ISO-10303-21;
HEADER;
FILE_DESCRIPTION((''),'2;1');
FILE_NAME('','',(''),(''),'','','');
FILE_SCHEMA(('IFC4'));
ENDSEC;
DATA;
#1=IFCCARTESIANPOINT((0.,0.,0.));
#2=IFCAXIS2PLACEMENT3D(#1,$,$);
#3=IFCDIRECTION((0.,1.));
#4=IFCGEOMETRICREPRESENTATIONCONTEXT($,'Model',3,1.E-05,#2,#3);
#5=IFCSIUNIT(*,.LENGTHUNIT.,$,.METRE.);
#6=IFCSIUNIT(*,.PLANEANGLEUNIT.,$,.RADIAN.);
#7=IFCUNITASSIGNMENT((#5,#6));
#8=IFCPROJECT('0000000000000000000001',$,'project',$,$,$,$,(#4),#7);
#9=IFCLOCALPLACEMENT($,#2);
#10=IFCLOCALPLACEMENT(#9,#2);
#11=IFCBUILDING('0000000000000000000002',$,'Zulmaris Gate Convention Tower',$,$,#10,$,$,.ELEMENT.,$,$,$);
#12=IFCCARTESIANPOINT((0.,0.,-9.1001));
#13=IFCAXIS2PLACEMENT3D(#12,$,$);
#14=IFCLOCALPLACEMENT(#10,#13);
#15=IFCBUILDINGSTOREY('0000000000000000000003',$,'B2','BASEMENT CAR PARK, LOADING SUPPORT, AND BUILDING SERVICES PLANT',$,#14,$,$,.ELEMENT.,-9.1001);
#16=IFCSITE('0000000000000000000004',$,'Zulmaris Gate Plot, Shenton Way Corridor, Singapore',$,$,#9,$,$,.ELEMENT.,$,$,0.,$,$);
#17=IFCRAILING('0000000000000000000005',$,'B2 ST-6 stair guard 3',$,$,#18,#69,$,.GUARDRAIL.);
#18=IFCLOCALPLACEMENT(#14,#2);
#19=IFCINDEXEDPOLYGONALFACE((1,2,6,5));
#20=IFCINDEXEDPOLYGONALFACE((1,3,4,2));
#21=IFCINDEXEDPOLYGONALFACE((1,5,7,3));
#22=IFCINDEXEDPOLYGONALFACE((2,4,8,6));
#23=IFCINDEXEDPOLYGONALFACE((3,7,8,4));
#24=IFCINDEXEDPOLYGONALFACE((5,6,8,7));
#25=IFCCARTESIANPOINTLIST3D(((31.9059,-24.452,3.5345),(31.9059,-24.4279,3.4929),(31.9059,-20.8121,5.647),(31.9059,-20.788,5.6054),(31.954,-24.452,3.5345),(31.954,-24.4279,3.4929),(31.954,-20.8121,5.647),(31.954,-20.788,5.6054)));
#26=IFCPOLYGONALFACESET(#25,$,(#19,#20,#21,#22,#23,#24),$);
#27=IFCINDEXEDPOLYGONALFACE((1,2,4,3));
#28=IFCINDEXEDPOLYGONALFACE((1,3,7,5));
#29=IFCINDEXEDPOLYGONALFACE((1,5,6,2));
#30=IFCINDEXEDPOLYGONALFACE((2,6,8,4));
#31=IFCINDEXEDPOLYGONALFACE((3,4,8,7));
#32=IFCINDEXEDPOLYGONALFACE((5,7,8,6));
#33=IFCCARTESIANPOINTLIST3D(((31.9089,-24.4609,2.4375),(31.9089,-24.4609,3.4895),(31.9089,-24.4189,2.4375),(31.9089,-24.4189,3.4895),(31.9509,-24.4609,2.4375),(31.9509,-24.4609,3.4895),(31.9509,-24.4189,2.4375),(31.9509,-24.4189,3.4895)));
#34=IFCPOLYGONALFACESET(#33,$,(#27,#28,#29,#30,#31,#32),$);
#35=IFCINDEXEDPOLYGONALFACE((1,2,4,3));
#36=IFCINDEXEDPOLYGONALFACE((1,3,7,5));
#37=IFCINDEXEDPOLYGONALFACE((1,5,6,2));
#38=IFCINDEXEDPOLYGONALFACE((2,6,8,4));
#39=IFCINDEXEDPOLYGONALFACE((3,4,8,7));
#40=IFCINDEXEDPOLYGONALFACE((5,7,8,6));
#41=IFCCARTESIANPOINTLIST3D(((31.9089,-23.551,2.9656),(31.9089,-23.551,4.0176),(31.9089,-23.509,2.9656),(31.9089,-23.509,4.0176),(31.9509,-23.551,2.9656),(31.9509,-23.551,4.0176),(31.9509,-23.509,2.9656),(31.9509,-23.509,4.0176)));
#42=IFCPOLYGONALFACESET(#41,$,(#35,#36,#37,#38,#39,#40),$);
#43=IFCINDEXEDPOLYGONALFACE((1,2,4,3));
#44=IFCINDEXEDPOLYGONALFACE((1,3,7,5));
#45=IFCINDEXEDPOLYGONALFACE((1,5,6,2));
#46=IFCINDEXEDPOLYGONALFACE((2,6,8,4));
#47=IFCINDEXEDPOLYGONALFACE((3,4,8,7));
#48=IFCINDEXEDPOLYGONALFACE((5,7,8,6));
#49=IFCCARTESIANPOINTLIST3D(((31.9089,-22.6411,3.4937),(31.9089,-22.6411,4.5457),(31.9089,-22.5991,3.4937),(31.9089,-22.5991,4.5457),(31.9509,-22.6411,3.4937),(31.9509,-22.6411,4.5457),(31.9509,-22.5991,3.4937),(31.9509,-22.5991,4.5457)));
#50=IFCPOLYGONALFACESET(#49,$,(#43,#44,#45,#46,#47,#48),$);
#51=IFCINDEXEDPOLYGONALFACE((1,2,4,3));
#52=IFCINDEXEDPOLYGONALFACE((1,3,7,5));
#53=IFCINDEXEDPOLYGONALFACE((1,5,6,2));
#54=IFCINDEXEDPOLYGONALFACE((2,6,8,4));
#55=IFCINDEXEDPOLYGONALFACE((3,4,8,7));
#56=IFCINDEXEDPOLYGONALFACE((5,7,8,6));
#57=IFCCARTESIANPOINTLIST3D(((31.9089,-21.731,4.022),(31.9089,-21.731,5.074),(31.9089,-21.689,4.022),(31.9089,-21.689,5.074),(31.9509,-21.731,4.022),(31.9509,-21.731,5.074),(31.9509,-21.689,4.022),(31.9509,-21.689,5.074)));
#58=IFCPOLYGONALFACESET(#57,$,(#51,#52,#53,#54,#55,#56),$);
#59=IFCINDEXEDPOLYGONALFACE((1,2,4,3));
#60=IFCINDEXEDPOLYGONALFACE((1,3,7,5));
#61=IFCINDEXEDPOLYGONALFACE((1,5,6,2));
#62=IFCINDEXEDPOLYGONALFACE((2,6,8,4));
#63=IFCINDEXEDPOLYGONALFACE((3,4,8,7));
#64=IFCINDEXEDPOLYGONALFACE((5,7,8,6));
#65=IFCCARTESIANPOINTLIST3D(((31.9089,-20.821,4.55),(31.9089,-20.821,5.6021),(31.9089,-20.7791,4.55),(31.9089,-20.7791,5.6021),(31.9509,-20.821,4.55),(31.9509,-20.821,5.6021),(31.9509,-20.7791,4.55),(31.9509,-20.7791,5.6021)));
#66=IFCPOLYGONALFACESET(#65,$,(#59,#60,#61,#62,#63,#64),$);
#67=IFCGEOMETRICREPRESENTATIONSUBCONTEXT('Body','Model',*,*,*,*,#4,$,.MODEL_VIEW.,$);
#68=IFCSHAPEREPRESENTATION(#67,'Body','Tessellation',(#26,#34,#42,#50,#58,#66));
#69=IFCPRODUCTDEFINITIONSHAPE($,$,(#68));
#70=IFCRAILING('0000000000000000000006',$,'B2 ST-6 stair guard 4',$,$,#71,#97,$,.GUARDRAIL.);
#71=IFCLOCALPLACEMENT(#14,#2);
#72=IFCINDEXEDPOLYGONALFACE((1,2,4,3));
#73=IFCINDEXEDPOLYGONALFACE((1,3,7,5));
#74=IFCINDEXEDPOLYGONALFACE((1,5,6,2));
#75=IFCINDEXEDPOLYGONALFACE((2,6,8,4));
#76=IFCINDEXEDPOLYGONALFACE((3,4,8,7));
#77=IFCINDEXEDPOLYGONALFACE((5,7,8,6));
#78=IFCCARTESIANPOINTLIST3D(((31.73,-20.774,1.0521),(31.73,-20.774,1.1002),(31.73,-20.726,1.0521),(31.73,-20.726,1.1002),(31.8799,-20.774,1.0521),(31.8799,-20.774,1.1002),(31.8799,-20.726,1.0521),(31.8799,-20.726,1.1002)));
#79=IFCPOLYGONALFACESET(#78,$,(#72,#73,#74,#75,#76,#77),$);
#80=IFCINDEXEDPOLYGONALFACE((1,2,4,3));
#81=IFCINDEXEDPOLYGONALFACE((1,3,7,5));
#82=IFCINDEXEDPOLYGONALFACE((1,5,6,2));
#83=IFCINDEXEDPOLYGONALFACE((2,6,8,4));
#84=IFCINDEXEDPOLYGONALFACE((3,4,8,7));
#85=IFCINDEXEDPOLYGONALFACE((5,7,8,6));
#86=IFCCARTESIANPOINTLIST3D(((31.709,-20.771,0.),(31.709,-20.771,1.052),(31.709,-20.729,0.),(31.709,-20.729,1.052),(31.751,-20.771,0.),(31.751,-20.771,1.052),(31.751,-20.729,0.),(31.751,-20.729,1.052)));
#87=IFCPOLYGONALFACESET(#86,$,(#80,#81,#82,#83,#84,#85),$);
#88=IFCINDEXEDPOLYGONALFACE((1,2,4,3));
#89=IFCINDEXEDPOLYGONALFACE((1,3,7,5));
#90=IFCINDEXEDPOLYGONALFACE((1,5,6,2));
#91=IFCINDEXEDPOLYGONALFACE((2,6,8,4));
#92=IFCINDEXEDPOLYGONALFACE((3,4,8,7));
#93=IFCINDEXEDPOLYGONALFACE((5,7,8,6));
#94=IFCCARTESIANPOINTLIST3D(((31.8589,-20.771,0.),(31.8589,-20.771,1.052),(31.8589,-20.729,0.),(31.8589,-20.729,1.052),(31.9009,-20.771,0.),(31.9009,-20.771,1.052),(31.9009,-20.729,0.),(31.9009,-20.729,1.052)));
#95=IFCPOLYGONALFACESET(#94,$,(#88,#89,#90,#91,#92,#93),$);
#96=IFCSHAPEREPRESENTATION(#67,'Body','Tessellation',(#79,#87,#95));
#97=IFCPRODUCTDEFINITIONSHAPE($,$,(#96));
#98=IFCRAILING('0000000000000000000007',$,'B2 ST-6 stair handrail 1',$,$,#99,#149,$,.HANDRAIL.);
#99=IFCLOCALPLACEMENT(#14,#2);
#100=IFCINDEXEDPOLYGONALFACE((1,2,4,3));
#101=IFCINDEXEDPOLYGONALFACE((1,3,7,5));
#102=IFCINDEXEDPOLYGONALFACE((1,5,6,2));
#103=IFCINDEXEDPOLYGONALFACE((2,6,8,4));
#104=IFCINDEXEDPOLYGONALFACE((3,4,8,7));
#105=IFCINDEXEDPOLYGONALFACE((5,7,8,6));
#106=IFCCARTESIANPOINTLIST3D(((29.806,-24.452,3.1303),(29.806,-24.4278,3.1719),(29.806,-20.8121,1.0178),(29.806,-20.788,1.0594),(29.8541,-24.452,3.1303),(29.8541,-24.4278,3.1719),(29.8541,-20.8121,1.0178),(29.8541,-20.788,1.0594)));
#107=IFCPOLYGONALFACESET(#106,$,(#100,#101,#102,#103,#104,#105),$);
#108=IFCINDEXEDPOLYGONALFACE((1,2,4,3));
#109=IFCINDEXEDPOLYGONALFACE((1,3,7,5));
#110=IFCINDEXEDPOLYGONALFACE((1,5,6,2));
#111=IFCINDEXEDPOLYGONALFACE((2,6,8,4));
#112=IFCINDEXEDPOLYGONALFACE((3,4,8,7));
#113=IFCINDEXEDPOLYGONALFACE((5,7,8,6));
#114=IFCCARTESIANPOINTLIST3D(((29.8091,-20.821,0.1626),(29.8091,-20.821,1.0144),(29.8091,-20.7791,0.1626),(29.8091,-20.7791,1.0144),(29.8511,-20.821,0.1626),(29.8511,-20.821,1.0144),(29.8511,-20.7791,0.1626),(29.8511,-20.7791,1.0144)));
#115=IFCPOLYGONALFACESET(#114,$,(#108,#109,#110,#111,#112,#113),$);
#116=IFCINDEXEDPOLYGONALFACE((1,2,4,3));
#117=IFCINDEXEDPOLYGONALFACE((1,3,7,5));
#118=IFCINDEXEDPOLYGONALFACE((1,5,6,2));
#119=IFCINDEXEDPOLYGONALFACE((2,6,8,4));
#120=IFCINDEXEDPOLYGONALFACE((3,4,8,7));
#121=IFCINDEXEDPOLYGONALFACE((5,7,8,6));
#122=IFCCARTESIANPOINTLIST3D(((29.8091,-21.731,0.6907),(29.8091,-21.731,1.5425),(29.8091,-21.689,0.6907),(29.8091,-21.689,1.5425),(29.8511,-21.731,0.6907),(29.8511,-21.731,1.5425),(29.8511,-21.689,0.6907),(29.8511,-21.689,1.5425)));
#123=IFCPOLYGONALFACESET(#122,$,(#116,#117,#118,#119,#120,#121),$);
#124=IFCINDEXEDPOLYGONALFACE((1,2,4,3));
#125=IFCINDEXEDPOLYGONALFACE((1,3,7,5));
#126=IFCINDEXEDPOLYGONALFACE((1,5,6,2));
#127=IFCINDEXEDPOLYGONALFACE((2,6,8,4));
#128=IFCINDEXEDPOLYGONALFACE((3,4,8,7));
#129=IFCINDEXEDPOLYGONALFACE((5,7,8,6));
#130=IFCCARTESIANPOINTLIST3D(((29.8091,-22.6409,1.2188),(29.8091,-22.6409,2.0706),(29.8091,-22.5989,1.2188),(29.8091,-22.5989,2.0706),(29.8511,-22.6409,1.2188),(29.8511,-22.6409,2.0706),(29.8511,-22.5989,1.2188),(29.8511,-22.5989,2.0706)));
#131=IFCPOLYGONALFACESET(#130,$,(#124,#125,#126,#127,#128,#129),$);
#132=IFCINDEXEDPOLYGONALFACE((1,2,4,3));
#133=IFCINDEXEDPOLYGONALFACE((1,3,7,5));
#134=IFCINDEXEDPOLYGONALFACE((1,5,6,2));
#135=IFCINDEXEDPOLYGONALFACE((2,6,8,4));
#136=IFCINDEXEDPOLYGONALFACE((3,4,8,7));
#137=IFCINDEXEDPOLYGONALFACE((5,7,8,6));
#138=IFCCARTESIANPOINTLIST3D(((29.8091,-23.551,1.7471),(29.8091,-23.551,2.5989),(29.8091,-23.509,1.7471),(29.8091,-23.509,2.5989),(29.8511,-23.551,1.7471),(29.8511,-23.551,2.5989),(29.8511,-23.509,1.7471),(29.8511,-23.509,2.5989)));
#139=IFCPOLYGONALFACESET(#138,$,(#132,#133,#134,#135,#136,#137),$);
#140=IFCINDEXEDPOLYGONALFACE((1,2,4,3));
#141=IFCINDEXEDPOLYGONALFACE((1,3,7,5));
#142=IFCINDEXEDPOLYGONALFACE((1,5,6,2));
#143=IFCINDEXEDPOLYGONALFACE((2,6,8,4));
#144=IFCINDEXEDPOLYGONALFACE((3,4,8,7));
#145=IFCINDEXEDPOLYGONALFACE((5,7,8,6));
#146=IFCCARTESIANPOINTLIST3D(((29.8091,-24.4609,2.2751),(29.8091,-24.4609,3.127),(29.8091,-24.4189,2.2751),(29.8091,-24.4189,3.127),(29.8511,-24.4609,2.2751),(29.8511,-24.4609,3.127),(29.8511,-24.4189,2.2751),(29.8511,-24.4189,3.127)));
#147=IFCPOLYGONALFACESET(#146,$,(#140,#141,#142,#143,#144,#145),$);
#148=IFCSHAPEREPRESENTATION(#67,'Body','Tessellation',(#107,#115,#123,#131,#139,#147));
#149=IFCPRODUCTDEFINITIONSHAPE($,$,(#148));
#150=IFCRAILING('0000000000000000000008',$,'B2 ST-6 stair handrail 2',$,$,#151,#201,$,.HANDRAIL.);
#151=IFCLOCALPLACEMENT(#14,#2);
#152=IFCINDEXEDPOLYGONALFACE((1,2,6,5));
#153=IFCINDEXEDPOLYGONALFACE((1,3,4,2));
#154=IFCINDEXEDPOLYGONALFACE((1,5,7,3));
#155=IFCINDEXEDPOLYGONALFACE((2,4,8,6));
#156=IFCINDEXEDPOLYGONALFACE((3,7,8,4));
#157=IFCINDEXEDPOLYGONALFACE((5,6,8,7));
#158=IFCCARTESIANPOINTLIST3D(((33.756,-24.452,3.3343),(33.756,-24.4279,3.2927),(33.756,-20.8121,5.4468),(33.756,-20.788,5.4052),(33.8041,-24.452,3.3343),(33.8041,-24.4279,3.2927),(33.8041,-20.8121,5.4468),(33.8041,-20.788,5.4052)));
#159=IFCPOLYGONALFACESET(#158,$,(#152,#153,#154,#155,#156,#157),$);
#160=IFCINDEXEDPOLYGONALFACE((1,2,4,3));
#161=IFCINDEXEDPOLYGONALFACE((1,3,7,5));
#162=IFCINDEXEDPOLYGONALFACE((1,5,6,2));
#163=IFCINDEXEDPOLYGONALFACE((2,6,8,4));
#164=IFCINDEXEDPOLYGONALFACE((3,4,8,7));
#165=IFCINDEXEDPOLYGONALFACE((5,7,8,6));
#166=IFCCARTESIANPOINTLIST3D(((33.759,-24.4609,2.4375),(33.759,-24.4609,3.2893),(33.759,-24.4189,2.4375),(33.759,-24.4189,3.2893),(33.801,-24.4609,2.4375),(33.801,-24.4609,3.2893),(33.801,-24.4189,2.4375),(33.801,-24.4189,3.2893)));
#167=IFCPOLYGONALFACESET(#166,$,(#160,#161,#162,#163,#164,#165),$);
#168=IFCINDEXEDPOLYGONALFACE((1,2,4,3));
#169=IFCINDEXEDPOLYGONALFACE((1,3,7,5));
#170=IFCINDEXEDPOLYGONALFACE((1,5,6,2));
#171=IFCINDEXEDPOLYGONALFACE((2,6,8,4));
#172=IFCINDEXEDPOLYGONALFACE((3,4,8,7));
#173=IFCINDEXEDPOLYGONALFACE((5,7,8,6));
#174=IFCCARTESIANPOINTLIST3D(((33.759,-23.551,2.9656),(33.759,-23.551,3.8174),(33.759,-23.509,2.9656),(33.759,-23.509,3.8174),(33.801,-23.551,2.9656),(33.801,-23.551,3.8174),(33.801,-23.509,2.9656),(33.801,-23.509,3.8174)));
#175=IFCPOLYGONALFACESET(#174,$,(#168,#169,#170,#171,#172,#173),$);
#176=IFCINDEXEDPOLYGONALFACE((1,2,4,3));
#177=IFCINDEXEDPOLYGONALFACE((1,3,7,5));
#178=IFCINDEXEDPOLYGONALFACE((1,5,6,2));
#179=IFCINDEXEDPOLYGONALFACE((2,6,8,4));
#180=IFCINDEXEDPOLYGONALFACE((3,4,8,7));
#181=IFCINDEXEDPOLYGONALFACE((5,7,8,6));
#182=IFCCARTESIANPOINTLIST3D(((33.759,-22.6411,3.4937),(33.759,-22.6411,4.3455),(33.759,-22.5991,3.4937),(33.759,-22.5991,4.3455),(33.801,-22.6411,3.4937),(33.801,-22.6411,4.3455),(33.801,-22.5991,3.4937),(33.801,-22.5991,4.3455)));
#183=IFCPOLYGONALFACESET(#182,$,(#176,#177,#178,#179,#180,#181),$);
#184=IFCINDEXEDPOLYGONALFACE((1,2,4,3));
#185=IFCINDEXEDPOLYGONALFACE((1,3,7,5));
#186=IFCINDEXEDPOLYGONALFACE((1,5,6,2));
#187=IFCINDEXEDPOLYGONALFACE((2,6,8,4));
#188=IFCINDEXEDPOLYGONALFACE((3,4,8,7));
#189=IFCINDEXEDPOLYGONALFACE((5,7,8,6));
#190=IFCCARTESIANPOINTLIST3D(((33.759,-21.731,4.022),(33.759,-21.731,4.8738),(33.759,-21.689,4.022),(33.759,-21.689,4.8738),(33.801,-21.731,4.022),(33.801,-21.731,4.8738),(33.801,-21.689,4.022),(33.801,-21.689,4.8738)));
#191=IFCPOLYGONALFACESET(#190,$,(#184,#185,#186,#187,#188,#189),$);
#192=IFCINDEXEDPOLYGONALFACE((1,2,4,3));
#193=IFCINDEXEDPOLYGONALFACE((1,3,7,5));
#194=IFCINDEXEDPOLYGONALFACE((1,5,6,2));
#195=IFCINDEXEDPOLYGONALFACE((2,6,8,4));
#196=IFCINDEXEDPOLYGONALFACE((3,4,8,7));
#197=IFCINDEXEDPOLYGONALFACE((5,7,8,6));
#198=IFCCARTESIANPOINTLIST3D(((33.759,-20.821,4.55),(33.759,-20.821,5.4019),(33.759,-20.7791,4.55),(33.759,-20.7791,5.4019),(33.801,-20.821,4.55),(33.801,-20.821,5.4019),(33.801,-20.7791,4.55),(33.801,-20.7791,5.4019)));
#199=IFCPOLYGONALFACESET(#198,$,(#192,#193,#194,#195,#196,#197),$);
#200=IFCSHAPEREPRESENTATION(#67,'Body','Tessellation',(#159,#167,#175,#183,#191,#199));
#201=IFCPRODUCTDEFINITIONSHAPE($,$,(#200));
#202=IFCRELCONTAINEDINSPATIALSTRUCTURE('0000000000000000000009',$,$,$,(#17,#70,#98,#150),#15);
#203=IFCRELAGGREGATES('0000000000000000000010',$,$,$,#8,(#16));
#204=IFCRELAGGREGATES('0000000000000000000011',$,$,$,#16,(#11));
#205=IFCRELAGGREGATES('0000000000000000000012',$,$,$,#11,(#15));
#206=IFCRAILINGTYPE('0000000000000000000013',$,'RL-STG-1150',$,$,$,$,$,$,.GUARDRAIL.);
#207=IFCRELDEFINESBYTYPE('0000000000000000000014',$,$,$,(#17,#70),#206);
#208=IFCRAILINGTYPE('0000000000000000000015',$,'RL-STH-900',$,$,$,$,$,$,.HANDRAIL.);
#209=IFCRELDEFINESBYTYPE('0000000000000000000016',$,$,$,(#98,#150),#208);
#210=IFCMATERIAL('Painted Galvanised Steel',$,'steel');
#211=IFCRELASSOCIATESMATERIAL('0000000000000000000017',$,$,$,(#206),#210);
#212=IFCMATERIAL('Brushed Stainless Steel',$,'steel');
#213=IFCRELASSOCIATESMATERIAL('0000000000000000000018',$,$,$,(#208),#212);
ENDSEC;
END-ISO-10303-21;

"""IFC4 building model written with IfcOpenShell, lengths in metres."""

from ifc_helpers import new_model, si_unit, direction, frame, origin, origin_2d, place, context, subcontext, project, spatial, rectangle, extrude, material, type_object, element, save


model = new_model("IFC4")

# Units and contexts
model_context = context("Model", 3, precision=1e-05, world=origin(), true_north=direction((0.0, 1.0)))
body_context = subcontext(model_context, "Body", "Model", "MODEL_VIEW")
ifc_project = project(units=[si_unit("LENGTHUNIT", "METRE"), si_unit("PLANEANGLEUNIT", "RADIAN")], contexts=[model_context])

# Site, building, storey
site_placement = place(None, origin())
site = spatial("IfcSite", under=ifc_project, at=site_placement, Name="Zulmaris Gate Plot, Shenton Way Corridor, Singapore", CompositionType="ELEMENT", RefElevation=0.0)
building_placement = place(site_placement, origin())
building = spatial("IfcBuilding", under=site, at=building_placement, Name="Zulmaris Gate Convention Tower", CompositionType="ELEMENT")
storey_placement = place(building_placement, frame((0.0, 0.0, -9.1001)))
storey = spatial("IfcBuildingStorey", under=building, at=storey_placement, Name="B2", Description="BASEMENT CAR PARK, LOADING SUPPORT, AND BUILDING SERVICES PLANT", CompositionType="ELEMENT", Elevation=-9.1001)

# Railings
ifc_material_1 = material(Name="Painted Galvanised Steel", Category="steel")
railing_type_1 = type_object("IfcRailingType", Name="RL-STG-1150", PredefinedType="GUARDRAIL", material=ifc_material_1)
railing_1_placement = place(storey_placement, frame((31.9299, -24.4399, 2.4375)))
element("IfcRailing", 1, at=railing_1_placement, inside=storey, type_object=railing_type_1, Name="B2 ST-6 stair guard 3", PredefinedType="GUARDRAIL", context=body_context, shape_type="SweptSolid", body=[
    extrude(rectangle(XDim=0.0481, YDim=0.0481, at=origin_2d()), frame((0.0, 0.0, 1.0762), z_axis=(0.0, 0.864886, 0.501969), x_axis=(-1.0, 0.0, 0.0)), (0.0, 0.0, 1.0), 4.2085),
    extrude(rectangle(XDim=0.042, YDim=0.042, at=origin_2d()), origin(), (0.0, 0.0, 1.0), 1.052),
    extrude(rectangle(XDim=0.042, YDim=0.042, at=origin_2d()), frame((0.0, 0.9099, 0.5281)), (0.0, 0.0, 1.0), 1.052),
    extrude(rectangle(XDim=0.042, YDim=0.042, at=origin_2d()), frame((0.0, 1.8198, 1.0562)), (0.0, 0.0, 1.0), 1.052),
    extrude(rectangle(XDim=0.042, YDim=0.042, at=origin_2d()), frame((0.0, 2.73, 1.5845)), (0.0, 0.0, 1.0), 1.052),
    extrude(rectangle(XDim=0.042, YDim=0.042, at=origin_2d()), frame((0.0, 3.6399, 2.1125)), (0.0, 0.0, 1.0), 1.052),
])
railing_2_placement = place(storey_placement, frame((31.73, -20.75, 0.0)))
element("IfcRailing", 2, at=railing_2_placement, inside=storey, type_object=railing_type_1, Name="B2 ST-6 stair guard 4", PredefinedType="GUARDRAIL", context=body_context, shape_type="SweptSolid", body=[
    extrude(rectangle(XDim=0.0481, YDim=0.0481, at=origin_2d()), frame((0.0, 0.0, 1.0762), z_axis=(1.0, 0.0, 0.0), x_axis=(0.0, 1.0, 0.0)), (0.0, 0.0, 1.0), 0.1499),
    extrude(rectangle(XDim=0.042, YDim=0.042, at=origin_2d()), origin(), (0.0, 0.0, 1.0), 1.052),
    extrude(rectangle(XDim=0.042, YDim=0.042, at=origin_2d()), frame((0.1499, 0.0, 0.0)), (0.0, 0.0, 1.0), 1.052),
])
ifc_material_2 = material(Name="Brushed Stainless Steel", Category="steel")
railing_type_2 = type_object("IfcRailingType", Name="RL-STH-900", PredefinedType="HANDRAIL", material=ifc_material_2)
railing_3_placement = place(storey_placement, frame((29.8301, -20.8, 0.1626)))
element("IfcRailing", 3, at=railing_3_placement, inside=storey, type_object=railing_type_2, Name="B2 ST-6 stair handrail 1", PredefinedType="HANDRAIL", context=body_context, shape_type="SweptSolid", body=[
    extrude(rectangle(XDim=0.0481, YDim=0.0481, at=origin_2d()), frame((0.0, 0.0, 0.876), z_axis=(0.0, -0.864886, 0.501969), x_axis=(1.0, 0.0, 0.0)), (0.0, 0.0, 1.0), 4.2085),
    extrude(rectangle(XDim=0.042, YDim=0.042, at=origin_2d()), origin(), (0.0, 0.0, 1.0), 0.8518),
    extrude(rectangle(XDim=0.042, YDim=0.042, at=origin_2d()), frame((0.0, -0.9099, 0.5281)), (0.0, 0.0, 1.0), 0.8518),
    extrude(rectangle(XDim=0.042, YDim=0.042, at=origin_2d()), frame((0.0, -1.8198, 1.0562)), (0.0, 0.0, 1.0), 0.8518),
    extrude(rectangle(XDim=0.042, YDim=0.042, at=origin_2d()), frame((0.0, -2.73, 1.5845)), (0.0, 0.0, 1.0), 0.8518),
    extrude(rectangle(XDim=0.042, YDim=0.042, at=origin_2d()), frame((0.0, -3.6399, 2.1125)), (0.0, 0.0, 1.0), 0.8518),
])
railing_4_placement = place(storey_placement, frame((33.78, -24.4399, 2.4375)))
element("IfcRailing", 4, at=railing_4_placement, inside=storey, type_object=railing_type_2, Name="B2 ST-6 stair handrail 2", PredefinedType="HANDRAIL", context=body_context, shape_type="SweptSolid", body=[
    extrude(rectangle(XDim=0.0481, YDim=0.0481, at=origin_2d()), frame((0.0, 0.0, 0.876), z_axis=(0.0, 0.864886, 0.501969), x_axis=(-1.0, 0.0, 0.0)), (0.0, 0.0, 1.0), 4.2085),
    extrude(rectangle(XDim=0.042, YDim=0.042, at=origin_2d()), origin(), (0.0, 0.0, 1.0), 0.8518),
    extrude(rectangle(XDim=0.042, YDim=0.042, at=origin_2d()), frame((0.0, 0.9099, 0.5281)), (0.0, 0.0, 1.0), 0.8518),
    extrude(rectangle(XDim=0.042, YDim=0.042, at=origin_2d()), frame((0.0, 1.8198, 1.0562)), (0.0, 0.0, 1.0), 0.8518),
    extrude(rectangle(XDim=0.042, YDim=0.042, at=origin_2d()), frame((0.0, 2.73, 1.5845)), (0.0, 0.0, 1.0), 0.8518),
    extrude(rectangle(XDim=0.042, YDim=0.042, at=origin_2d()), frame((0.0, 3.6399, 2.1125)), (0.0, 0.0, 1.0), 0.8518),
])

save(model, "model.ifc")
